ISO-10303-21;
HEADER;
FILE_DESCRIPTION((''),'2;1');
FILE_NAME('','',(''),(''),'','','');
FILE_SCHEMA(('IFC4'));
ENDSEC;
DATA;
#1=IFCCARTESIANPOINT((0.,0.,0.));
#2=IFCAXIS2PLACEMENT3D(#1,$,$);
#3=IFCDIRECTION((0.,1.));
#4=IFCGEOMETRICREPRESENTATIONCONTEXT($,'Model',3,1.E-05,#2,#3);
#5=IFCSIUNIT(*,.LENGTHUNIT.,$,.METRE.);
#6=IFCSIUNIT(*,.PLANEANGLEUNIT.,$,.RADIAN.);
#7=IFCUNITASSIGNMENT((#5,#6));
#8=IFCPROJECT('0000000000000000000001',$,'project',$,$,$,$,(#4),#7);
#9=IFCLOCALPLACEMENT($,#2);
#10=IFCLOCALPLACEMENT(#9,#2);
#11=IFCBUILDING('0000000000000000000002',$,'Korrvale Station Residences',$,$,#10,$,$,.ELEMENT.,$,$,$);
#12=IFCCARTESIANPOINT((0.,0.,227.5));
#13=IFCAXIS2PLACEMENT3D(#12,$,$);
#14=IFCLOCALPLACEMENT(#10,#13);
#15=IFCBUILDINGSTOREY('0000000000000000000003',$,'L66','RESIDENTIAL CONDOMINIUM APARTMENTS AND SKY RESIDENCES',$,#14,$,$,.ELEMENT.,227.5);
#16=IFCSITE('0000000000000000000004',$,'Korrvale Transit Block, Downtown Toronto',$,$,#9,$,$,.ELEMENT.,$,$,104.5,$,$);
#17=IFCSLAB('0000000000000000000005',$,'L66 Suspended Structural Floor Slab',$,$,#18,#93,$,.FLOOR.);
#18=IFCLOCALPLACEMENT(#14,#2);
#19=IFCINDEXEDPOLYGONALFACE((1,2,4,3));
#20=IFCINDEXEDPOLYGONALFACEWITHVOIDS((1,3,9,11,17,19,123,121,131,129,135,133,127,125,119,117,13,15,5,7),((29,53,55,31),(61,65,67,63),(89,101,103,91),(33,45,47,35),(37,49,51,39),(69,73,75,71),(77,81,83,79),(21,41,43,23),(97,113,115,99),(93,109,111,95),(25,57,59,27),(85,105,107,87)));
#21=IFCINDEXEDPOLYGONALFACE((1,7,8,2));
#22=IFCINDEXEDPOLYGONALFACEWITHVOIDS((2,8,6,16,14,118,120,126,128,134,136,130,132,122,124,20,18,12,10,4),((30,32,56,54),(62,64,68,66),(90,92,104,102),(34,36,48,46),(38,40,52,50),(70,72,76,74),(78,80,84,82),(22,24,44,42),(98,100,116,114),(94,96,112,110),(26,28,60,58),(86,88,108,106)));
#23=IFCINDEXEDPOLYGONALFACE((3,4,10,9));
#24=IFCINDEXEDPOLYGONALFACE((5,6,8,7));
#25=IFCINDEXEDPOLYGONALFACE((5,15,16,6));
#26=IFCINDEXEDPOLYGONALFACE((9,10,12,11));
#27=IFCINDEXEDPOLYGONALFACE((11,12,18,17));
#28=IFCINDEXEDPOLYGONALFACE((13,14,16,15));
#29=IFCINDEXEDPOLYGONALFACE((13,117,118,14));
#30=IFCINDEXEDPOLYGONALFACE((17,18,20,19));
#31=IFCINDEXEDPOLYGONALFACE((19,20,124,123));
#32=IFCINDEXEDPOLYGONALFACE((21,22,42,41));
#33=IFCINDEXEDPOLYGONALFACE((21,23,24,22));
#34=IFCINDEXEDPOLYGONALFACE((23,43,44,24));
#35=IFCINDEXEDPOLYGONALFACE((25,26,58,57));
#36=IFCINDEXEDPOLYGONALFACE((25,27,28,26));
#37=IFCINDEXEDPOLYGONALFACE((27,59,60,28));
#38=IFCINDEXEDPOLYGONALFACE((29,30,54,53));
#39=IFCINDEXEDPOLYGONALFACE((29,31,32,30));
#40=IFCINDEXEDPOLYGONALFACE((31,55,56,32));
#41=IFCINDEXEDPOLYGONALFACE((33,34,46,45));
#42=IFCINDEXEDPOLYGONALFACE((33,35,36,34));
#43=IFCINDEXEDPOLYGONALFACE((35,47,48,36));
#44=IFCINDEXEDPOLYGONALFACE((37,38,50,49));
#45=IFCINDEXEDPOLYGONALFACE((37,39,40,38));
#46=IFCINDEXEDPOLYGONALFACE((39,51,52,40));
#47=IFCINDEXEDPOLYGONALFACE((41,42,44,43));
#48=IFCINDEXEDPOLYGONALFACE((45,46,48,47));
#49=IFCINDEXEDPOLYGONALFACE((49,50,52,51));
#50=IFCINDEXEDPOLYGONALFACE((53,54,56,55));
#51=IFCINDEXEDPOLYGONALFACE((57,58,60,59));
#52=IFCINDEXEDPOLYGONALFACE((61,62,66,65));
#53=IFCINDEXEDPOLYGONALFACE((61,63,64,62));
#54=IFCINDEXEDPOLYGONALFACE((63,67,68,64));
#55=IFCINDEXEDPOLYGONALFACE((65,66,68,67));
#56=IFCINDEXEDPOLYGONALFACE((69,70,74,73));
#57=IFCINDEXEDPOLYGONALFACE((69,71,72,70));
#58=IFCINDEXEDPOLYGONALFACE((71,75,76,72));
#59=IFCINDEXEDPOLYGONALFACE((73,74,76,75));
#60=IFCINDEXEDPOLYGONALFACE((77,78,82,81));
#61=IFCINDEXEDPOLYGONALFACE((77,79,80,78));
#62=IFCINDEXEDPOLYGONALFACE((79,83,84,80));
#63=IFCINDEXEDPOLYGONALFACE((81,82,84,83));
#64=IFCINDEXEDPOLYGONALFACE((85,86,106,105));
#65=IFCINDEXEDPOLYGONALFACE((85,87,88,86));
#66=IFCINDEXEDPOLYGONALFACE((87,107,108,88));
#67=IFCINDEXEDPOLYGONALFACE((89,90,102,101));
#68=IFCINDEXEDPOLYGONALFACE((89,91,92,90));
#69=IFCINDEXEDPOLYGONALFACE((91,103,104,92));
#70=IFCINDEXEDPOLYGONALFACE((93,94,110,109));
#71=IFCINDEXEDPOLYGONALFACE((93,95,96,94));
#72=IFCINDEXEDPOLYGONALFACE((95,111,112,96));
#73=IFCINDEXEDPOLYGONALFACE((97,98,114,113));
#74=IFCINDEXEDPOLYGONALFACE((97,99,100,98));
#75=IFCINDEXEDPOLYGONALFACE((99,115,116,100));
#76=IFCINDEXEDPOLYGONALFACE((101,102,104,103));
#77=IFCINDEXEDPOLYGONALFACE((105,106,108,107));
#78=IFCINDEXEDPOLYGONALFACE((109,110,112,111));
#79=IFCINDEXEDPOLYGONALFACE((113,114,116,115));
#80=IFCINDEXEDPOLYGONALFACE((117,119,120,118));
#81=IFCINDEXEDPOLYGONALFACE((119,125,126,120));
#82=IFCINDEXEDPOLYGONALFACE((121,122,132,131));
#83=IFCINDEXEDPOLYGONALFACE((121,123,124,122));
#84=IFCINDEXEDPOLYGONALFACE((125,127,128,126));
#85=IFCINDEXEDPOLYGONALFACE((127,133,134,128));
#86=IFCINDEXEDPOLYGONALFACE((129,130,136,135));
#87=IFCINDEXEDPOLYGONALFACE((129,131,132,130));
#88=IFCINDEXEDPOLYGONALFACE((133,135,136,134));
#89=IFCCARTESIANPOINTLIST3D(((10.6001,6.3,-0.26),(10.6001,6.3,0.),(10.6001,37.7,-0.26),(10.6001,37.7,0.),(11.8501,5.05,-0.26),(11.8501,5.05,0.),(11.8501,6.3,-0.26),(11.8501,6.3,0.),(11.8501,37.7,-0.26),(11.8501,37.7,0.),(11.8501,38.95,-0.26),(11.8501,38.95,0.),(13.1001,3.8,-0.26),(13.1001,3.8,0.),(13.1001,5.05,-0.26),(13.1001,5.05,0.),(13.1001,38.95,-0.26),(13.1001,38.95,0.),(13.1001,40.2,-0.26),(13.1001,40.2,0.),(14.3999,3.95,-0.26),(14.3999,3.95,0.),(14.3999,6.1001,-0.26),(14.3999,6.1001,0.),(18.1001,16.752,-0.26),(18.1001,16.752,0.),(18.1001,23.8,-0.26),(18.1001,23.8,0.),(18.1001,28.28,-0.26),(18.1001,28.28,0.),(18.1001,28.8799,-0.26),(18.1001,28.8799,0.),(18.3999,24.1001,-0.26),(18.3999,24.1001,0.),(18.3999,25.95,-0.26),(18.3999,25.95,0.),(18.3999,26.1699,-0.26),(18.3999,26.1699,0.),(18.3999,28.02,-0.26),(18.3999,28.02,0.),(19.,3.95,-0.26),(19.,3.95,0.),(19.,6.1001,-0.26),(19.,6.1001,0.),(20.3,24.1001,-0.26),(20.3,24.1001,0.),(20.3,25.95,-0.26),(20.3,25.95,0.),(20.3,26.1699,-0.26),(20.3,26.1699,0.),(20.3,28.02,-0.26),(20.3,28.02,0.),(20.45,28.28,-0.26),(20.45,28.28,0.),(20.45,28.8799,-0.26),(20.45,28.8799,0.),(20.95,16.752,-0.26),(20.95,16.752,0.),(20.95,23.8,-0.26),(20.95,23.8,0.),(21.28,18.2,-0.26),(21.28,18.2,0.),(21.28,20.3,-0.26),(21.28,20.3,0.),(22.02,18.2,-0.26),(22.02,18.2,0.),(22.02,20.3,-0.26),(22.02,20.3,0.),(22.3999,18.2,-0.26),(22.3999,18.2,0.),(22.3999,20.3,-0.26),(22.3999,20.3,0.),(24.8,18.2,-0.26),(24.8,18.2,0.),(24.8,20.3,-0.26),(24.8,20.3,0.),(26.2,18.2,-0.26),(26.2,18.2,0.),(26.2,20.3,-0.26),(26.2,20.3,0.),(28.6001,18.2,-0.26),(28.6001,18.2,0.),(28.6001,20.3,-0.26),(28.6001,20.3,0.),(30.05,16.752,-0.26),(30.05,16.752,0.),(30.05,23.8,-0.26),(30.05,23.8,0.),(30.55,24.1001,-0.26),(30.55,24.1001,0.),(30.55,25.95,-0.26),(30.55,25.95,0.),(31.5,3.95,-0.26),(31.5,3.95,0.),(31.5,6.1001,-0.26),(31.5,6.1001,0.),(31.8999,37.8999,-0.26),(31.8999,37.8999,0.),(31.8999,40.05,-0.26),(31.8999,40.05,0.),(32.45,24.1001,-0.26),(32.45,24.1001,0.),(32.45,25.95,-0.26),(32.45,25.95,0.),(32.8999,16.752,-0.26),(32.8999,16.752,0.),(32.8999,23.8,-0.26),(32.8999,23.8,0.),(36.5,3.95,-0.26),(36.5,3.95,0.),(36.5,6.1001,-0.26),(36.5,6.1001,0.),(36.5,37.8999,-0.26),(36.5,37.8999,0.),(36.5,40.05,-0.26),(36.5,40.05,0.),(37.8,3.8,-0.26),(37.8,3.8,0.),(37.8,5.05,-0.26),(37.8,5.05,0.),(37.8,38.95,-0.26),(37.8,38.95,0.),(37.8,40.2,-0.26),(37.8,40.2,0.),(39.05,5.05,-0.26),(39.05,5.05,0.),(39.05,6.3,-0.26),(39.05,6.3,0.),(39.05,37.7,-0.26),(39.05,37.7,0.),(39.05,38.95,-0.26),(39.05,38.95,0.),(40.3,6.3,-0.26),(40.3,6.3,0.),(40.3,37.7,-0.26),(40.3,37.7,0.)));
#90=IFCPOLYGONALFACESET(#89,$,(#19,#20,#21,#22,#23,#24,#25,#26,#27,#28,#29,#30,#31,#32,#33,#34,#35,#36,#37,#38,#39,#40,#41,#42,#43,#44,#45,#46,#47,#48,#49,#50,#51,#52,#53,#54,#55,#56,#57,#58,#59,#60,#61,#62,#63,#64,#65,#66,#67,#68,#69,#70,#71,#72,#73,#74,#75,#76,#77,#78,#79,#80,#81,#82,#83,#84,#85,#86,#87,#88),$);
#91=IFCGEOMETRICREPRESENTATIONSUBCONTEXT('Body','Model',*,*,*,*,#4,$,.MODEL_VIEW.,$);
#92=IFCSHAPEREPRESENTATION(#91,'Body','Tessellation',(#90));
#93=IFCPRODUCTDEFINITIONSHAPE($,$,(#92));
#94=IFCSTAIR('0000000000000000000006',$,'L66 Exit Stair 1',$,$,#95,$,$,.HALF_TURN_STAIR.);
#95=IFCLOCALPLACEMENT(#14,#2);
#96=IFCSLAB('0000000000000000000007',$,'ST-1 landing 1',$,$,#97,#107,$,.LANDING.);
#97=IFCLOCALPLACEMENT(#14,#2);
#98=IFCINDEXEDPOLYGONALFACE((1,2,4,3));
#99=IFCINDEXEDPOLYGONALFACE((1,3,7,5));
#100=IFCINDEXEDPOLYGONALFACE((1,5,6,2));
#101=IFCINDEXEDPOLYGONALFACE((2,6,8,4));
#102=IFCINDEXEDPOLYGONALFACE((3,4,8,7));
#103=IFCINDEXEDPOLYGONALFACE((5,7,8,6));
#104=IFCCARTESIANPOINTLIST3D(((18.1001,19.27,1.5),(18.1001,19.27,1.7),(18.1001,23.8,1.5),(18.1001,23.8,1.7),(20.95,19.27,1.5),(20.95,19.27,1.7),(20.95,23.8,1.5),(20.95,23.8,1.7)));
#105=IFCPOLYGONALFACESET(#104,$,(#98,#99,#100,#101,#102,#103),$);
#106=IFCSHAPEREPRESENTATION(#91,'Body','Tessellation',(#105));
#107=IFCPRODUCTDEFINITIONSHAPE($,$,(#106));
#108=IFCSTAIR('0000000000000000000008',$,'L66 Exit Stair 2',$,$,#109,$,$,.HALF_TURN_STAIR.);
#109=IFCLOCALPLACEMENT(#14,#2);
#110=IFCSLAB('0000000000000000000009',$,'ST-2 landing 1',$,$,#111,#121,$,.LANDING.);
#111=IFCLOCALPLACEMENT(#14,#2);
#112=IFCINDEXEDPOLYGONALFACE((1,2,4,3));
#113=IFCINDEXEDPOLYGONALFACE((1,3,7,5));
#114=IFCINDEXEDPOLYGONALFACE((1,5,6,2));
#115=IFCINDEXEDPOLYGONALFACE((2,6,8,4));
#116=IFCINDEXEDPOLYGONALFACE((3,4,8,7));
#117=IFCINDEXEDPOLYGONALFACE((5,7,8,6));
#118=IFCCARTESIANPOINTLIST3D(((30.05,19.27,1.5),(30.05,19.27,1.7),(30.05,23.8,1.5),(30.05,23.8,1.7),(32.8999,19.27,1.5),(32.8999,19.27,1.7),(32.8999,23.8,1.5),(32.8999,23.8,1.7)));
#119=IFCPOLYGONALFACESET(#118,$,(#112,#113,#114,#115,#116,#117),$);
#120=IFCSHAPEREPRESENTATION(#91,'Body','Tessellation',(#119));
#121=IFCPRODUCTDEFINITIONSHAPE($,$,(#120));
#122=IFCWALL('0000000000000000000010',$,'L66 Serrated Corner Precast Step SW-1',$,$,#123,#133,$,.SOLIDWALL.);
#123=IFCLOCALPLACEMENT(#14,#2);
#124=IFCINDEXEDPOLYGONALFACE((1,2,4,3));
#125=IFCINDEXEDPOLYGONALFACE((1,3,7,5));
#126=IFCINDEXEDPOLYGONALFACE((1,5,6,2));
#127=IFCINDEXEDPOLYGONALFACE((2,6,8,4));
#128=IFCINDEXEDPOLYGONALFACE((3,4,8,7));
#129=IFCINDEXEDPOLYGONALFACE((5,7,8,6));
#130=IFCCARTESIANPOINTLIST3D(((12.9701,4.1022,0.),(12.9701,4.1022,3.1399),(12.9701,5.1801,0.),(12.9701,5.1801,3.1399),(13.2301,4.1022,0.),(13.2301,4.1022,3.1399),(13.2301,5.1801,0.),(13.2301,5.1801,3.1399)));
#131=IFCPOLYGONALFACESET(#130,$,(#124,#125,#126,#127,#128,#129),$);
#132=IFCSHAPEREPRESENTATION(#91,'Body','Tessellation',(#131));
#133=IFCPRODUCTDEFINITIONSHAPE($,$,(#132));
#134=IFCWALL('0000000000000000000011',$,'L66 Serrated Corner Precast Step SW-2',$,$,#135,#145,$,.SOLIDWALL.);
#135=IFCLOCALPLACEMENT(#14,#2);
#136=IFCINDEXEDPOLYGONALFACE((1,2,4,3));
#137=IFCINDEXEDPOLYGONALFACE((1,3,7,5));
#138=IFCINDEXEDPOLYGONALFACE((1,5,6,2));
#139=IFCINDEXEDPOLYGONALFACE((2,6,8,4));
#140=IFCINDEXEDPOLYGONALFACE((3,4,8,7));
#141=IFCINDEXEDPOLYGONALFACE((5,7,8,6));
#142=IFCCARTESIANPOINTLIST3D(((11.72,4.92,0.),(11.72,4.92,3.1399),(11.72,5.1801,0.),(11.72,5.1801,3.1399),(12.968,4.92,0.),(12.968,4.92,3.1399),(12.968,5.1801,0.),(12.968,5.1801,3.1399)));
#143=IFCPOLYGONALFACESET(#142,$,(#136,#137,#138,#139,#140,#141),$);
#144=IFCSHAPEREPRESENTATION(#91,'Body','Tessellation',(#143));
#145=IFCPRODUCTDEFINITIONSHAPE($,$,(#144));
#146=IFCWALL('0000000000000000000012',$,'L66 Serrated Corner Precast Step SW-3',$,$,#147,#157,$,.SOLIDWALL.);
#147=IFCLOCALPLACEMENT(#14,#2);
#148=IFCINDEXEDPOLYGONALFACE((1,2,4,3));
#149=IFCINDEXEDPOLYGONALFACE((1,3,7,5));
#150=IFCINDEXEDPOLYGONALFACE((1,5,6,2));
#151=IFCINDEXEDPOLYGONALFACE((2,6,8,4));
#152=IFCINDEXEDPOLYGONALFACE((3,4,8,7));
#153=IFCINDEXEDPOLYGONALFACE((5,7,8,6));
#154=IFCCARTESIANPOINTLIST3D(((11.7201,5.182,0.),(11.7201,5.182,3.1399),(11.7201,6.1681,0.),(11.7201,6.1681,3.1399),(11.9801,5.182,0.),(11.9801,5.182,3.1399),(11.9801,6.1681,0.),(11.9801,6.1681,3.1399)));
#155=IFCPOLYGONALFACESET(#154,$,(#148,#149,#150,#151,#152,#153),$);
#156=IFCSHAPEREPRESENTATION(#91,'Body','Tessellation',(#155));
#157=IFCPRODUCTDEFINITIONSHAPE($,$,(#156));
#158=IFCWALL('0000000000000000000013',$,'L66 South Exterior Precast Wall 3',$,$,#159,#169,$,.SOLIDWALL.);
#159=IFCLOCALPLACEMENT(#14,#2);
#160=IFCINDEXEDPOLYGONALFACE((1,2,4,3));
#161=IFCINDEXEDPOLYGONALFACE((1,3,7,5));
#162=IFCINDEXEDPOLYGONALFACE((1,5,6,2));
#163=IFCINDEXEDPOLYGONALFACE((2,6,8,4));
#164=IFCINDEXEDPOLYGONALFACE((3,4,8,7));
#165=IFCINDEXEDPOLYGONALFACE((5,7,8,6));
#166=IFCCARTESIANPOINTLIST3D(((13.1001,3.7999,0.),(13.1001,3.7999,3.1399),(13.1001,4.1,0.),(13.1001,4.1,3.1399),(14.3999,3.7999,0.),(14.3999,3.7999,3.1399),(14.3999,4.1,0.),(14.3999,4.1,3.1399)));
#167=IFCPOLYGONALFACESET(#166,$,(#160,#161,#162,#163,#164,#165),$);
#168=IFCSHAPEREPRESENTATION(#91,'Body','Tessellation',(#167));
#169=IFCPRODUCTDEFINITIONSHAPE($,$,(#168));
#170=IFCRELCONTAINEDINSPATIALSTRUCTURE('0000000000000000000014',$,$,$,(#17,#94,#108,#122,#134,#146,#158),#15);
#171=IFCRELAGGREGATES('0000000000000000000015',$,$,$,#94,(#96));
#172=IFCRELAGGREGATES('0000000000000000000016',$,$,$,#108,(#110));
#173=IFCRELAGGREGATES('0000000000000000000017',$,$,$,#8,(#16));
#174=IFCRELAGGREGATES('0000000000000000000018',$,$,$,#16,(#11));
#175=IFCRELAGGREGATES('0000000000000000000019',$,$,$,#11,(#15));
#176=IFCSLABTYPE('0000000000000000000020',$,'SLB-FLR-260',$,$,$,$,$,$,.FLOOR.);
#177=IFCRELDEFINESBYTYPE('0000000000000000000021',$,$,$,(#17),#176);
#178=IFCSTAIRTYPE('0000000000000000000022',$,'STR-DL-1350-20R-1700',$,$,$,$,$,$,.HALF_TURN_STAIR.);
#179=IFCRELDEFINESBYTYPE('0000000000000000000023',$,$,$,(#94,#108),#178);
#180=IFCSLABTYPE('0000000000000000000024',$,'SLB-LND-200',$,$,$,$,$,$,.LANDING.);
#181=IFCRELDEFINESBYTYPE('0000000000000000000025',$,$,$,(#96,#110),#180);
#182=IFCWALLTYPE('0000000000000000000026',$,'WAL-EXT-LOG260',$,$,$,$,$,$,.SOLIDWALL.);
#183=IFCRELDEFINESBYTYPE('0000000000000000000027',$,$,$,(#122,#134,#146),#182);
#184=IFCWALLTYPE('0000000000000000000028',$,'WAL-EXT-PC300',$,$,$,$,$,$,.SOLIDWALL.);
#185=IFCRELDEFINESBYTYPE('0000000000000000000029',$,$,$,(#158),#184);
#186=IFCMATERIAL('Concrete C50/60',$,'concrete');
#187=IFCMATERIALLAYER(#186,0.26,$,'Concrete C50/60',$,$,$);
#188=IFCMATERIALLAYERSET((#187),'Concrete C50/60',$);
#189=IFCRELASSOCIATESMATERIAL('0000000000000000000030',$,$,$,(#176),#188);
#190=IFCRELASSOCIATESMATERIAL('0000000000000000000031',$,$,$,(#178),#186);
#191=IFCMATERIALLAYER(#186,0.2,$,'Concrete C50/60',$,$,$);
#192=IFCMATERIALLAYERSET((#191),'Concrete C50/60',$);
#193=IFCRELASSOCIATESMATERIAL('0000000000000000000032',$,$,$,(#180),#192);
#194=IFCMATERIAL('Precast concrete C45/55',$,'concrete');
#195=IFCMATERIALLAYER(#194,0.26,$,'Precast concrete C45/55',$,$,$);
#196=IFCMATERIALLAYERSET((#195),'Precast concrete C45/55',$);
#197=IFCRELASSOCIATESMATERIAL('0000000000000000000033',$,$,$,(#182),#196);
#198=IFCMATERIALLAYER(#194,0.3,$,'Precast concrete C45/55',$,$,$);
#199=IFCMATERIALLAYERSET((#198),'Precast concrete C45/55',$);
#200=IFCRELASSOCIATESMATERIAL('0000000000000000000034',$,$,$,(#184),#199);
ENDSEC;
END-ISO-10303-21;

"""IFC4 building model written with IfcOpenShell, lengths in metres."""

from ifc_helpers import new_model, si_unit, direction, frame, frame_2d, origin, place, context, subcontext, project, spatial, polyline, rectangle, outline, extrude, material, layer, layer_set, type_object, element, aggregate, save


model = new_model("IFC4")

# Units and contexts
model_context = context("Model", 3, precision=1e-05, world=origin(), true_north=direction((0.0, 1.0)))
body_context = subcontext(model_context, "Body", "Model", "MODEL_VIEW")
ifc_project = project(units=[si_unit("LENGTHUNIT", "METRE"), si_unit("PLANEANGLEUNIT", "RADIAN")], contexts=[model_context])

# Site, building, storey
site_placement = place(None, origin())
site = spatial("IfcSite", under=ifc_project, at=site_placement, Name="Korrvale Transit Block, Downtown Toronto", CompositionType="ELEMENT", RefElevation=104.5)
building_placement = place(site_placement, origin())
building = spatial("IfcBuilding", under=site, at=building_placement, Name="Korrvale Station Residences", CompositionType="ELEMENT")
storey_placement = place(building_placement, frame((0.0, 0.0, 227.5)))
storey = spatial("IfcBuildingStorey", under=building, at=storey_placement, Name="L66", Description="RESIDENTIAL CONDOMINIUM APARTMENTS AND SKY RESIDENCES", CompositionType="ELEMENT", Elevation=227.5)

# Shared definitions
ifc_material_1 = material(Name="Concrete C50/60", Category="concrete")

# Slab
ifc_layer_1 = layer(ifc_material_1, 0.26, Name="Concrete C50/60")
ifc_layer_set_1 = layer_set([ifc_layer_1], Name="Concrete C50/60")
slab_type_1 = type_object("IfcSlabType", Name="SLB-FLR-260", PredefinedType="FLOOR", material=ifc_layer_set_1)
slab_1_placement = place(storey_placement, frame((0.0, 0.0, -0.26)))
element("IfcSlab", 1, at=slab_1_placement, inside=storey, type_object=slab_type_1, Name="L66 Suspended Structural Floor Slab", PredefinedType="FLOOR", context=body_context, shape_type="SweptSolid", body=[
    extrude(outline(polyline([(13.1001, 3.8), (37.8, 3.8), (37.8, 5.05), (39.05, 5.05), (39.05, 6.3), (40.3, 6.3), (40.3, 37.7), (39.05, 37.7), (39.05, 38.95), (37.8, 38.95), (37.8, 40.2), (13.1001, 40.2), (13.1001, 38.95), (11.8501, 38.95), (11.8501, 37.7), (10.6001, 37.7), (10.6001, 6.3), (11.8501, 6.3), (11.8501, 5.05), (13.1001, 5.05), (13.1001, 3.8)]), holes=[polyline([(20.95, 16.752), (20.95, 23.8), (18.1001, 23.8), (18.1001, 16.752), (20.95, 16.752)]), polyline([(32.8999, 16.752), (32.8999, 23.8), (30.05, 23.8), (30.05, 16.752), (32.8999, 16.752)]), polyline([(18.3999, 24.1001), (20.3, 24.1001), (20.3, 25.95), (18.3999, 25.95), (18.3999, 24.1001)]), polyline([(18.3999, 26.1699), (20.3, 26.1699), (20.3, 28.02), (18.3999, 28.02), (18.3999, 26.1699)]), polyline([(30.55, 24.1001), (32.45, 24.1001), (32.45, 25.95), (30.55, 25.95), (30.55, 24.1001)]), polyline([(22.3999, 18.2), (24.8, 18.2), (24.8, 20.3), (22.3999, 20.3), (22.3999, 18.2)]), polyline([(26.2, 18.2), (28.6001, 18.2), (28.6001, 20.3), (26.2, 20.3), (26.2, 18.2)]), polyline([(18.1001, 28.28), (20.45, 28.28), (20.45, 28.8799), (18.1001, 28.8799), (18.1001, 28.28)]), polyline([(21.28, 18.2), (22.02, 18.2), (22.02, 20.3), (21.28, 20.3), (21.28, 18.2)]), polyline([(14.3999, 3.95), (19.0, 3.95), (19.0, 6.1001), (14.3999, 6.1001), (14.3999, 3.95)]), polyline([(31.8999, 37.8999), (36.5, 37.8999), (36.5, 40.05), (31.8999, 40.05), (31.8999, 37.8999)]), polyline([(31.5, 3.95), (36.5, 3.95), (36.5, 6.1001), (31.5, 6.1001), (31.5, 3.95)])]), origin(), (0.0, 0.0, 1.0), 0.26),
])

# Stairs, slabs
stair_type = type_object("IfcStairType", Name="STR-DL-1350-20R-1700", PredefinedType="HALF_TURN_STAIR", material=ifc_material_1)
stair_1_placement = place(storey_placement, origin())
stair_1 = element("IfcStair", 2, at=stair_1_placement, inside=storey, type_object=stair_type, Name="L66 Exit Stair 1", PredefinedType="HALF_TURN_STAIR")
ifc_layer_2 = layer(ifc_material_1, 0.2, Name="Concrete C50/60")
ifc_layer_set_2 = layer_set([ifc_layer_2], Name="Concrete C50/60")
slab_type_2 = type_object("IfcSlabType", Name="SLB-LND-200", PredefinedType="LANDING", material=ifc_layer_set_2)
slab_2_placement = place(storey_placement, frame((0.0, 0.0, 1.5)))
slab_2 = element("IfcSlab", 3, at=slab_2_placement, type_object=slab_type_2, Name="ST-1 landing 1", PredefinedType="LANDING", context=body_context, shape_type="SweptSolid", body=[
    extrude(outline(polyline([(20.95, 19.27), (20.95, 23.8), (18.1001, 23.8), (18.1001, 19.27), (20.95, 19.27)])), origin(), (0.0, 0.0, 1.0), 0.2),
])
aggregate(stair_1, [slab_2])
stair_2_placement = place(storey_placement, origin())
stair_2 = element("IfcStair", 4, at=stair_2_placement, inside=storey, type_object=stair_type, Name="L66 Exit Stair 2", PredefinedType="HALF_TURN_STAIR")
slab_3_placement = place(storey_placement, frame((0.0, 0.0, 1.5)))
slab_3 = element("IfcSlab", 5, at=slab_3_placement, type_object=slab_type_2, Name="ST-2 landing 1", PredefinedType="LANDING", context=body_context, shape_type="SweptSolid", body=[
    extrude(outline(polyline([(32.8999, 19.27), (32.8999, 23.8), (30.05, 23.8), (30.05, 19.27), (32.8999, 19.27)])), origin(), (0.0, 0.0, 1.0), 0.2),
])
aggregate(stair_2, [slab_3])

# Walls
ifc_material_2 = material(Name="Precast concrete C45/55", Category="concrete")
ifc_layer_3 = layer(ifc_material_2, 0.26, Name="Precast concrete C45/55")
ifc_layer_set_3 = layer_set([ifc_layer_3], Name="Precast concrete C45/55")
wall_type_1 = type_object("IfcWallType", Name="WAL-EXT-LOG260", PredefinedType="SOLIDWALL", material=ifc_layer_set_3)
wall_1_placement = place(storey_placement, frame((13.1001, 4.1021, 0.0), z_axis=(0.0, 0.0, 1.0), x_axis=(0.0, 1.0, 0.0)))
element("IfcWall", 6, at=wall_1_placement, inside=storey, type_object=wall_type_1, Name="L66 Serrated Corner Precast Step SW-1", PredefinedType="SOLIDWALL", context=body_context, shape_type="SweptSolid", body=[
    extrude(rectangle(XDim=1.0779, YDim=0.26, at=frame_2d((0.5391, 0.0))), origin(), (0.0, 0.0, 1.0), 3.1399),
])
wall_2_placement = place(storey_placement, frame((12.968, 5.05, 0.0), z_axis=(0.0, 0.0, 1.0), x_axis=(-1.0, 0.0, 0.0)))
element("IfcWall", 7, at=wall_2_placement, inside=storey, type_object=wall_type_1, Name="L66 Serrated Corner Precast Step SW-2", PredefinedType="SOLIDWALL", context=body_context, shape_type="SweptSolid", body=[
    extrude(rectangle(XDim=1.248, YDim=0.26, at=frame_2d((0.624, 0.0))), origin(), (0.0, 0.0, 1.0), 3.1399),
])
wall_3_placement = place(storey_placement, frame((11.8501, 5.1819, 0.0), z_axis=(0.0, 0.0, 1.0), x_axis=(0.0, 1.0, 0.0)))
element("IfcWall", 8, at=wall_3_placement, inside=storey, type_object=wall_type_1, Name="L66 Serrated Corner Precast Step SW-3", PredefinedType="SOLIDWALL", context=body_context, shape_type="SweptSolid", body=[
    extrude(rectangle(XDim=0.9861, YDim=0.26, at=frame_2d((0.4932, 0.0))), origin(), (0.0, 0.0, 1.0), 3.1399),
])
ifc_layer_4 = layer(ifc_material_2, 0.3, Name="Precast concrete C45/55")
ifc_layer_set_4 = layer_set([ifc_layer_4], Name="Precast concrete C45/55")
wall_type_2 = type_object("IfcWallType", Name="WAL-EXT-PC300", PredefinedType="SOLIDWALL", material=ifc_layer_set_4)
wall_4_placement = place(storey_placement, frame((14.3999, 3.95, 0.0), z_axis=(0.0, 0.0, 1.0), x_axis=(-1.0, 0.0, 0.0)))
element("IfcWall", 9, at=wall_4_placement, inside=storey, type_object=wall_type_2, Name="L66 South Exterior Precast Wall 3", PredefinedType="SOLIDWALL", context=body_context, shape_type="SweptSolid", body=[
    extrude(rectangle(XDim=1.2998, YDim=0.3, at=frame_2d((0.6499, 0.0))), origin(), (0.0, 0.0, 1.0), 3.1399),
])

save(model, "model.ifc")
